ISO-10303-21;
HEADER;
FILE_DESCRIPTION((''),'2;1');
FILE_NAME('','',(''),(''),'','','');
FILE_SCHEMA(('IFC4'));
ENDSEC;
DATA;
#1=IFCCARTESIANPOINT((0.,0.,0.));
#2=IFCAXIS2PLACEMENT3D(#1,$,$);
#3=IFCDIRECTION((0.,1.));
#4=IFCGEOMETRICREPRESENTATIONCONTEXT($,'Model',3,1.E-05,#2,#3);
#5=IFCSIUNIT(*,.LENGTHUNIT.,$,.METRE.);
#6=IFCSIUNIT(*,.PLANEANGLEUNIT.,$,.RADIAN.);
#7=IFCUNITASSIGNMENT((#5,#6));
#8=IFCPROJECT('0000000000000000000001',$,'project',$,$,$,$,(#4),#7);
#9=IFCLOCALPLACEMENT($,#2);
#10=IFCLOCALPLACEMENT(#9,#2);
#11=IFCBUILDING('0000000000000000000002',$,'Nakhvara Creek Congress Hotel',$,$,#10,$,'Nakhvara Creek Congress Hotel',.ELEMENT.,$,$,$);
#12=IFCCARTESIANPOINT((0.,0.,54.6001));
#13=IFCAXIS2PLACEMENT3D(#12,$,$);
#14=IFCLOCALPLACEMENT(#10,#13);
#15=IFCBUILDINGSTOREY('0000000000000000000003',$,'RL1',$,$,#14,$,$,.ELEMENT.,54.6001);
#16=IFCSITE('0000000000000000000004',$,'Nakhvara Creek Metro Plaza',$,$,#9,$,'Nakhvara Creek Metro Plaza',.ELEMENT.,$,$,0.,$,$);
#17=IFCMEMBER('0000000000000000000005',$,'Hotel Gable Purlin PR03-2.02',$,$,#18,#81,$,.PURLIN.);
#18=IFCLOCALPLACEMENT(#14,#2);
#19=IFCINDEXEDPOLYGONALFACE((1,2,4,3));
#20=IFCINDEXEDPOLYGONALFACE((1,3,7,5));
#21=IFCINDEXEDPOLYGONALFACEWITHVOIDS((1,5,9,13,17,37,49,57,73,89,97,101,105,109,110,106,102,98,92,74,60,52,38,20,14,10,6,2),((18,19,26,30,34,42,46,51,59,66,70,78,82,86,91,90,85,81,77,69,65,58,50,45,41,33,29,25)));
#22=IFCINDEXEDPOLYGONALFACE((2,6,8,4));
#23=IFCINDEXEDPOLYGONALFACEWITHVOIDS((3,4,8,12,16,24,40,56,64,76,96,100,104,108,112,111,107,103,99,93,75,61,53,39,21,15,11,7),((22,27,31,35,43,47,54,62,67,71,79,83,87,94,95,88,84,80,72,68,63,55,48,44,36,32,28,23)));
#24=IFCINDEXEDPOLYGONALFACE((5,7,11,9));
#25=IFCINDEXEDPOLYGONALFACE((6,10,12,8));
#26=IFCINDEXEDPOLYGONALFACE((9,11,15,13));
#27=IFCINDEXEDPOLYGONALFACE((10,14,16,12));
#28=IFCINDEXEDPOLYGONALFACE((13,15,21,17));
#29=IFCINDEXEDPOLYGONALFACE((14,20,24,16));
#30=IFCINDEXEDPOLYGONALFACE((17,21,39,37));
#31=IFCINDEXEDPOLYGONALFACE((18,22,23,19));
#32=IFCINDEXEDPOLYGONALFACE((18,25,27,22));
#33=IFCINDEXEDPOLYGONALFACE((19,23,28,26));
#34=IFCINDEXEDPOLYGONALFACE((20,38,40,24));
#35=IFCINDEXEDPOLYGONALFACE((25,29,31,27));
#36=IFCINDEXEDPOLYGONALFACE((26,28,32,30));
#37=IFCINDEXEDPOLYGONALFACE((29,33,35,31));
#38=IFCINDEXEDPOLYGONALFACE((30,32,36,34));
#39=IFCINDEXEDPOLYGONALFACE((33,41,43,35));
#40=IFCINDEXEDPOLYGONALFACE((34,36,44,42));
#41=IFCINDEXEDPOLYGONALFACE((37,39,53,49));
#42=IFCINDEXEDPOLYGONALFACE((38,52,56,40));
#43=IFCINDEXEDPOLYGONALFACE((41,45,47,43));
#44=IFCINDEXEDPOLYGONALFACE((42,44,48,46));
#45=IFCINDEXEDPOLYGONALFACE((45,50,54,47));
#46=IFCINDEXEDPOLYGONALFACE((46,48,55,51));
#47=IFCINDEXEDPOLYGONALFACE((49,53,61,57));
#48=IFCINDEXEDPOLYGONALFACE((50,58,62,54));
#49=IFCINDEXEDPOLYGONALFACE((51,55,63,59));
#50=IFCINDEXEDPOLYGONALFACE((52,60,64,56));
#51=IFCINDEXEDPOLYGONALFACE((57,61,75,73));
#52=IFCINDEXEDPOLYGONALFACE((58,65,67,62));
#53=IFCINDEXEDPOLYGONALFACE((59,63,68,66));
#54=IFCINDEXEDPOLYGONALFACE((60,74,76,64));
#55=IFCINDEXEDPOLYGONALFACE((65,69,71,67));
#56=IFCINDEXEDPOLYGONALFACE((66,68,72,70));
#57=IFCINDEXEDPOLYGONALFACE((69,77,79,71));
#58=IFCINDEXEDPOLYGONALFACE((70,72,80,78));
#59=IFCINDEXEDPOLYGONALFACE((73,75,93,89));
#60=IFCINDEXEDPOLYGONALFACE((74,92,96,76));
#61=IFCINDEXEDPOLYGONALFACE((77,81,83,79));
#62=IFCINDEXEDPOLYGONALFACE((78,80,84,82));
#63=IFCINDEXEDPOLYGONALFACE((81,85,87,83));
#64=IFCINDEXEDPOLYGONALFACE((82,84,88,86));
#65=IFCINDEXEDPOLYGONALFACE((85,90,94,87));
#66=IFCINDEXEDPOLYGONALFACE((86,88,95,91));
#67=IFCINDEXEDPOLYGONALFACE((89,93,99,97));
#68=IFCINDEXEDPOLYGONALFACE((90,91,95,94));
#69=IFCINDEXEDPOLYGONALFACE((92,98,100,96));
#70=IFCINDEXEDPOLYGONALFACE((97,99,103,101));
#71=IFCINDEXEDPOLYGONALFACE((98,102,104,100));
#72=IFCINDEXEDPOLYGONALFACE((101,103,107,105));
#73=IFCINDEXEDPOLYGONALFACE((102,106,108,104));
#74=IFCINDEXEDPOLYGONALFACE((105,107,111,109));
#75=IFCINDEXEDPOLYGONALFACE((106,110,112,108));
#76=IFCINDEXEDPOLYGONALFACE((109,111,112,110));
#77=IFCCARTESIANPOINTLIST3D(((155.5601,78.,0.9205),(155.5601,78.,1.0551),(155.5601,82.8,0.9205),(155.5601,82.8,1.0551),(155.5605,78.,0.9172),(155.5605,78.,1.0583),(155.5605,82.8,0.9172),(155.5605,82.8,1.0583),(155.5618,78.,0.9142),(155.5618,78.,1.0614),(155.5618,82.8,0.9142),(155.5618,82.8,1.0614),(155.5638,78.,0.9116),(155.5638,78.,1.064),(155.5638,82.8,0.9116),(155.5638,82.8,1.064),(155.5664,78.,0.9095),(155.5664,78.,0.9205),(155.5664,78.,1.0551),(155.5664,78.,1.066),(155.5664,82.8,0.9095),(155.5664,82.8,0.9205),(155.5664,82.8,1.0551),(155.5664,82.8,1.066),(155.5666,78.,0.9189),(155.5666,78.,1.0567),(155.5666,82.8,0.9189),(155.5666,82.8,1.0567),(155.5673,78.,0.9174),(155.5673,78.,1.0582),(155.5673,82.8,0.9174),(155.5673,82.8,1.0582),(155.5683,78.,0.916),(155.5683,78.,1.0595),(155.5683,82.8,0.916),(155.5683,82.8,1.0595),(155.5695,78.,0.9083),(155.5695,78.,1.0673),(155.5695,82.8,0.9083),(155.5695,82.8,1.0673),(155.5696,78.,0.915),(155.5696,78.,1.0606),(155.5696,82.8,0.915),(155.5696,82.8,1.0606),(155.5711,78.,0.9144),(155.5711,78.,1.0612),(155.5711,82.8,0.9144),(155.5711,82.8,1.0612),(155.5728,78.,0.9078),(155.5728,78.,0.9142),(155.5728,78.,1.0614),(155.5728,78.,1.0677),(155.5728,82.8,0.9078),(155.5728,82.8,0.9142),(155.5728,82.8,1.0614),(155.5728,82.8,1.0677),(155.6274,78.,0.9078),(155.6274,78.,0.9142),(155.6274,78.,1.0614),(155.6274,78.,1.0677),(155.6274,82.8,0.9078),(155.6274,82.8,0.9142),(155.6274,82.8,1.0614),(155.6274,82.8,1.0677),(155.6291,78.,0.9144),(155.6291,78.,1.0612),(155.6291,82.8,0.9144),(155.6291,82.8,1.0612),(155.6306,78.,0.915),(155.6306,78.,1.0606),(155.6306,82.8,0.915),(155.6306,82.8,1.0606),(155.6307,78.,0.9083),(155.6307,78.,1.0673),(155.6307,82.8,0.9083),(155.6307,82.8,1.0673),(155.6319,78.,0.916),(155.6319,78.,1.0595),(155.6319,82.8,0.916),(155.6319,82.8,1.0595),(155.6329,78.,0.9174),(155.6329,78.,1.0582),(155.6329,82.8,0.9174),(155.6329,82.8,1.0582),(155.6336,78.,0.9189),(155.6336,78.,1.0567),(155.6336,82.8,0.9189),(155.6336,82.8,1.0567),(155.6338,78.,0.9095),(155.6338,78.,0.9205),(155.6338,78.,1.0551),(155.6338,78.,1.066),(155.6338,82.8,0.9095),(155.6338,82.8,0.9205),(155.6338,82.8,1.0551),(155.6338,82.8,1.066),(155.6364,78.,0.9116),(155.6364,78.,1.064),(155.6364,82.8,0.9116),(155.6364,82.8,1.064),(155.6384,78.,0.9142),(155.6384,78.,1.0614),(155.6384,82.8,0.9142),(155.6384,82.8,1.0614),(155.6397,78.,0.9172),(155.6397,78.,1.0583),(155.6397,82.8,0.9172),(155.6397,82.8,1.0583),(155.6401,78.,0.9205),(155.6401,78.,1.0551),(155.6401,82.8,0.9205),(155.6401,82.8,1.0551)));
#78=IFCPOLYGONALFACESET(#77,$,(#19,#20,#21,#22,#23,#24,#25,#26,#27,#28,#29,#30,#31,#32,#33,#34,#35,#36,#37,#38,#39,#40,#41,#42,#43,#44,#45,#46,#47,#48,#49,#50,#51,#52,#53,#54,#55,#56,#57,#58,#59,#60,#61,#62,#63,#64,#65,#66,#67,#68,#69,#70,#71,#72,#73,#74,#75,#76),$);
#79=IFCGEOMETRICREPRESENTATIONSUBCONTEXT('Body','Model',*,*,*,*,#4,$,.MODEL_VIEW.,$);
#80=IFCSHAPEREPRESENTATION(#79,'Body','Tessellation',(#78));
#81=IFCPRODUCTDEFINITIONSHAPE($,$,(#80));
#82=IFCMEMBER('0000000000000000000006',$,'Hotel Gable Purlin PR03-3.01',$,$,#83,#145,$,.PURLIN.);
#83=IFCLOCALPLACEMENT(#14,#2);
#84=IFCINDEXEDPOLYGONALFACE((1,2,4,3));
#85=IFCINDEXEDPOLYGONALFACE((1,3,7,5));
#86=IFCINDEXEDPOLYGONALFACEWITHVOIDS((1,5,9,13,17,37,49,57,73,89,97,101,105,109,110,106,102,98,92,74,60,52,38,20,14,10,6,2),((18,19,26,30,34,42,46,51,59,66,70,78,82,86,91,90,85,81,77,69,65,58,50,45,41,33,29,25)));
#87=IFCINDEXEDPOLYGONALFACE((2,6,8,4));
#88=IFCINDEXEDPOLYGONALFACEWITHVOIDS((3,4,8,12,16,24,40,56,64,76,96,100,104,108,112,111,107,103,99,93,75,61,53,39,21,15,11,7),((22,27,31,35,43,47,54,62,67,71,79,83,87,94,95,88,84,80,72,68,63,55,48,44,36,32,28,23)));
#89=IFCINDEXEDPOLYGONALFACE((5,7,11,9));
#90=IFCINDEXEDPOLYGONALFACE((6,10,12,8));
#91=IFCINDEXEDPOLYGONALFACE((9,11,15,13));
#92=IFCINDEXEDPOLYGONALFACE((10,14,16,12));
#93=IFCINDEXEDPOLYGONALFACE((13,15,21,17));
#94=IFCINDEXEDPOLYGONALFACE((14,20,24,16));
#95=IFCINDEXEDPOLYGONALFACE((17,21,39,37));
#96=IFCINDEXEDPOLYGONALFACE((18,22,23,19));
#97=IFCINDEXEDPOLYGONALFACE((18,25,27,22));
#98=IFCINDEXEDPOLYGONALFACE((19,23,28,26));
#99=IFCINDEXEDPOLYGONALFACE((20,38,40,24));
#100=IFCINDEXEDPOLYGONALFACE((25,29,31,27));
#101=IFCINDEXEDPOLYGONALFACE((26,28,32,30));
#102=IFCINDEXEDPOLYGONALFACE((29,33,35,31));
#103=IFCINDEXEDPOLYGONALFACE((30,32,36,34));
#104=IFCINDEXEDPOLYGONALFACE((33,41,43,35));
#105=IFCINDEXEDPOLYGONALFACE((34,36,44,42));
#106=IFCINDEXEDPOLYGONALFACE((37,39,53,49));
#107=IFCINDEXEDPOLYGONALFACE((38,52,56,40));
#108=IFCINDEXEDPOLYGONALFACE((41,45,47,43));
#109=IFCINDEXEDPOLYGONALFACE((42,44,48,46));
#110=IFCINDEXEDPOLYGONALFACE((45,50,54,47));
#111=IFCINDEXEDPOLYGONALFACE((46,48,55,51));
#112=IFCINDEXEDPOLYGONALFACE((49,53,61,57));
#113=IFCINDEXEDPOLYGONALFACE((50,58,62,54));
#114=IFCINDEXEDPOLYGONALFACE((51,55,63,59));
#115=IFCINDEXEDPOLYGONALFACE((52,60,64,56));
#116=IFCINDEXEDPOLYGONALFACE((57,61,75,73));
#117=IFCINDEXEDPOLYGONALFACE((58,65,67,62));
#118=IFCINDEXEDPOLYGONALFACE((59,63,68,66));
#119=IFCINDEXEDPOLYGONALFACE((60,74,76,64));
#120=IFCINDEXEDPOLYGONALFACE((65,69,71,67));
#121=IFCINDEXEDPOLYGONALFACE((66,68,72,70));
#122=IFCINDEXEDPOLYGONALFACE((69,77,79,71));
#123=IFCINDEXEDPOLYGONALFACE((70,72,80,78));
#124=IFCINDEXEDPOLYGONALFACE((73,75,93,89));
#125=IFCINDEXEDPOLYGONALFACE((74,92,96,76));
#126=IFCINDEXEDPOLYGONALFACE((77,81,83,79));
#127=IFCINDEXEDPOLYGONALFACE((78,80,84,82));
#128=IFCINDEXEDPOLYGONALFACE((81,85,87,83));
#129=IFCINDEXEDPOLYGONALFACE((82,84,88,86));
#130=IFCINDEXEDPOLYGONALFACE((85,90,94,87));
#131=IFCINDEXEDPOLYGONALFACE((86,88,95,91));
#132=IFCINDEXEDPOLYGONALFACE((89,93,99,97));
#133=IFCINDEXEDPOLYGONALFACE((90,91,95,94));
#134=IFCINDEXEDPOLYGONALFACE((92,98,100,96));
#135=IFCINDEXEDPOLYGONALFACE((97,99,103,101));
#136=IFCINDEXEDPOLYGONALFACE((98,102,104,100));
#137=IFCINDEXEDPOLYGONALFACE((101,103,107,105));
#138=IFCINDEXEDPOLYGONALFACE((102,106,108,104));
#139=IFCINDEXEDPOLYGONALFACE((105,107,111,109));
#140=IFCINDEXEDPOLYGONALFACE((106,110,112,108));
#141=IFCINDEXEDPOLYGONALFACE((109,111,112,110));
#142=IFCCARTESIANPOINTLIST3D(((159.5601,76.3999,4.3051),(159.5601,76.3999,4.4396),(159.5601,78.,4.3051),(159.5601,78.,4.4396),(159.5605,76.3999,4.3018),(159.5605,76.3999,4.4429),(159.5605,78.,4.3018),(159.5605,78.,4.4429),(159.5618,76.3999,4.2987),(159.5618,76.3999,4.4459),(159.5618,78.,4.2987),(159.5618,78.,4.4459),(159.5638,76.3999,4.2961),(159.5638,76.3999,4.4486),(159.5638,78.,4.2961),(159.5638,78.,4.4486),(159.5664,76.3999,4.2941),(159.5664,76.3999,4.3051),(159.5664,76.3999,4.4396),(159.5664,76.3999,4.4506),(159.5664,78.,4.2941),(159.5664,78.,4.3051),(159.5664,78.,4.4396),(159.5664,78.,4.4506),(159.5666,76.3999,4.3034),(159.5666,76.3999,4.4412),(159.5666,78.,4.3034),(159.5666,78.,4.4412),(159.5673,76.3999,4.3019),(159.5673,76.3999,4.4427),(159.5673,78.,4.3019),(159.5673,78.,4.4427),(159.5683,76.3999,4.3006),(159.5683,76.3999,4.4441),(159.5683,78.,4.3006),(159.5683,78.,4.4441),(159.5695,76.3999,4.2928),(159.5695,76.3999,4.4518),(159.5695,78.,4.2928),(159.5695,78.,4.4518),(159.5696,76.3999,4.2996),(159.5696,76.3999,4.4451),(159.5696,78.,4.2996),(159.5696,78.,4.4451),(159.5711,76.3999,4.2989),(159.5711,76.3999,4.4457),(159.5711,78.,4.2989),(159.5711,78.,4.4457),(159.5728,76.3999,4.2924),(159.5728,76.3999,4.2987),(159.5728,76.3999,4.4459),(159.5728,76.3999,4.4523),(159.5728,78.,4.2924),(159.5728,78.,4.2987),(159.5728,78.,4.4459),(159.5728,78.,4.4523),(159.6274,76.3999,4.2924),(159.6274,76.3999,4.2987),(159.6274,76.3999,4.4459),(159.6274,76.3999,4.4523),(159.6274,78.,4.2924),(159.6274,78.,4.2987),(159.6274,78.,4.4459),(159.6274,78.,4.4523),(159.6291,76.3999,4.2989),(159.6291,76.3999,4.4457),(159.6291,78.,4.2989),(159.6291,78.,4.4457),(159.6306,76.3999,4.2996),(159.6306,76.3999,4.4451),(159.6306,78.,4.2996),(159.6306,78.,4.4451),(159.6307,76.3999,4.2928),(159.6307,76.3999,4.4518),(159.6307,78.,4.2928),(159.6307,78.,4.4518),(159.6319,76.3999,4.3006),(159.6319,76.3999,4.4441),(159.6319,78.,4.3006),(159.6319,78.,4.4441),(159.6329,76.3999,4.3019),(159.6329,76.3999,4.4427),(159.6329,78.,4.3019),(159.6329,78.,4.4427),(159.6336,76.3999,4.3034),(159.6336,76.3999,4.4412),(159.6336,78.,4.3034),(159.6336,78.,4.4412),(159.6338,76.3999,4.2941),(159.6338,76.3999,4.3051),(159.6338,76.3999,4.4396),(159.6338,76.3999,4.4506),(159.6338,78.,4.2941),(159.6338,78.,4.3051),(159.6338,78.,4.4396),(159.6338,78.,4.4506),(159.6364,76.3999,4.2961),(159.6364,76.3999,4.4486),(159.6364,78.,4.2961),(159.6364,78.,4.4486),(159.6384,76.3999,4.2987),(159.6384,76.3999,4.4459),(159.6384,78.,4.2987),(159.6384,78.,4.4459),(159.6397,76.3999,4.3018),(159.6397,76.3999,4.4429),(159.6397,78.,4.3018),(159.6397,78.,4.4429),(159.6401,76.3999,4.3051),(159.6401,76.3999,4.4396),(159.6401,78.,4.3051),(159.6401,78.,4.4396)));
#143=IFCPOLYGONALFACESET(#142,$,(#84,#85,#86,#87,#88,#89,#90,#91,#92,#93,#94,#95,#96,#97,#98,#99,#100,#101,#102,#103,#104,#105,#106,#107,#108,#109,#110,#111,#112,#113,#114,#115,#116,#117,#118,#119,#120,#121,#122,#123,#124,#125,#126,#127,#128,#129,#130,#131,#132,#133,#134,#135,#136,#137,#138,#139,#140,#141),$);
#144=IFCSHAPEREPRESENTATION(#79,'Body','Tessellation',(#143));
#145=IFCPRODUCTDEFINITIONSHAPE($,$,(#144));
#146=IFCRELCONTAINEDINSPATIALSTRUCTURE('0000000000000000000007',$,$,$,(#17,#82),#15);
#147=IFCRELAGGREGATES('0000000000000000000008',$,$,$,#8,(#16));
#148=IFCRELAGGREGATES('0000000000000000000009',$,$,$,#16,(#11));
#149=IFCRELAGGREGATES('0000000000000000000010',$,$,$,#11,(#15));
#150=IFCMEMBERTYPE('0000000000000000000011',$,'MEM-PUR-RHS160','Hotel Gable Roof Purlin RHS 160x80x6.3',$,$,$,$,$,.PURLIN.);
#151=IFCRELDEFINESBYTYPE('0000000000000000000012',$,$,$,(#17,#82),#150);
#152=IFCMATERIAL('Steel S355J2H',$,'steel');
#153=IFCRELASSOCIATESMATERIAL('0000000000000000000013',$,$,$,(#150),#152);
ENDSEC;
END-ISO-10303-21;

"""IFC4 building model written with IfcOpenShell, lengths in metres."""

from ifc_helpers import new_model, si_unit, direction, frame, origin, origin_2d, place, context, subcontext, project, spatial, hollow_rectangle, extrude, material, material_profile, profile_set, type_object, element, save


model = new_model("IFC4")

# Units and contexts
model_context = context("Model", 3, precision=1e-05, world=origin(), true_north=direction((0.0, 1.0)))
body_context = subcontext(model_context, "Body", "Model", "MODEL_VIEW")
ifc_project = project(units=[si_unit("LENGTHUNIT", "METRE"), si_unit("PLANEANGLEUNIT", "RADIAN")], contexts=[model_context])

# Site, building, storey
site_placement = place(None, origin())
site = spatial("IfcSite", under=ifc_project, at=site_placement, Name="Nakhvara Creek Metro Plaza", LongName="Nakhvara Creek Metro Plaza", CompositionType="ELEMENT", RefElevation=0.0)
building_placement = place(site_placement, origin())
building = spatial("IfcBuilding", under=site, at=building_placement, Name="Nakhvara Creek Congress Hotel", LongName="Nakhvara Creek Congress Hotel", CompositionType="ELEMENT")
storey_placement = place(building_placement, frame((0.0, 0.0, 54.6001)))
storey = spatial("IfcBuildingStorey", under=building, at=storey_placement, Name="RL1", CompositionType="ELEMENT", Elevation=54.6001)

# Members
ifc_material_1 = material(Name="Steel S355J2H", Category="steel")
ifc_material_profile_1 = material_profile(ifc_material_1, hollow_rectangle(XDim=0.0801, YDim=0.1599, WallThickness=0.0063, InnerFilletRadius=0.0063, OuterFilletRadius=0.0127, at=origin_2d()), Name="RHS 160x80x6.3", Category="LoadBearing")
ifc_profile_set_1 = profile_set([ifc_material_profile_1], Name="Steel S355J2H")
member_type = type_object("IfcMemberType", Name="MEM-PUR-RHS160", Description="Hotel Gable Roof Purlin RHS 160x80x6.3", PredefinedType="PURLIN", material=ifc_profile_set_1)
member_1_placement = place(storey_placement, frame((155.6001, 78.0, 0.9878), z_axis=(0.0, 1.0, 0.0), x_axis=(-1.0, 0.0, 0.0)))
element("IfcMember", 1, at=member_1_placement, inside=storey, type_object=member_type, Name="Hotel Gable Purlin PR03-2.02", PredefinedType="PURLIN", context=body_context, shape_type="SweptSolid", body=[
    extrude(hollow_rectangle(XDim=0.0801, YDim=0.1599, WallThickness=0.0063, InnerFilletRadius=0.0063, OuterFilletRadius=0.0127, at=origin_2d()), origin(), (0.0, 0.0, 1.0), 4.8),
])
for number, where, z_axis, x_axis, name in (
    (2, (159.6001, 76.3999, 4.3723), (0.0, 1.0, 0.0), (-1.0, 0.0, 0.0), "Hotel Gable Purlin PR03-3.01"),
):
    element("IfcMember", number, at=place(storey_placement, frame(where, z_axis=z_axis, x_axis=x_axis)), inside=storey, type_object=member_type, Name=name, PredefinedType="PURLIN", context=body_context, shape_type="SweptSolid", body=[
        extrude(hollow_rectangle(XDim=0.0801, YDim=0.1599, WallThickness=0.0063, InnerFilletRadius=0.0063, OuterFilletRadius=0.0127, at=origin_2d()), origin(), (0.0, 0.0, 1.0), 1.6001),
    ])

save(model, "model.ifc")
